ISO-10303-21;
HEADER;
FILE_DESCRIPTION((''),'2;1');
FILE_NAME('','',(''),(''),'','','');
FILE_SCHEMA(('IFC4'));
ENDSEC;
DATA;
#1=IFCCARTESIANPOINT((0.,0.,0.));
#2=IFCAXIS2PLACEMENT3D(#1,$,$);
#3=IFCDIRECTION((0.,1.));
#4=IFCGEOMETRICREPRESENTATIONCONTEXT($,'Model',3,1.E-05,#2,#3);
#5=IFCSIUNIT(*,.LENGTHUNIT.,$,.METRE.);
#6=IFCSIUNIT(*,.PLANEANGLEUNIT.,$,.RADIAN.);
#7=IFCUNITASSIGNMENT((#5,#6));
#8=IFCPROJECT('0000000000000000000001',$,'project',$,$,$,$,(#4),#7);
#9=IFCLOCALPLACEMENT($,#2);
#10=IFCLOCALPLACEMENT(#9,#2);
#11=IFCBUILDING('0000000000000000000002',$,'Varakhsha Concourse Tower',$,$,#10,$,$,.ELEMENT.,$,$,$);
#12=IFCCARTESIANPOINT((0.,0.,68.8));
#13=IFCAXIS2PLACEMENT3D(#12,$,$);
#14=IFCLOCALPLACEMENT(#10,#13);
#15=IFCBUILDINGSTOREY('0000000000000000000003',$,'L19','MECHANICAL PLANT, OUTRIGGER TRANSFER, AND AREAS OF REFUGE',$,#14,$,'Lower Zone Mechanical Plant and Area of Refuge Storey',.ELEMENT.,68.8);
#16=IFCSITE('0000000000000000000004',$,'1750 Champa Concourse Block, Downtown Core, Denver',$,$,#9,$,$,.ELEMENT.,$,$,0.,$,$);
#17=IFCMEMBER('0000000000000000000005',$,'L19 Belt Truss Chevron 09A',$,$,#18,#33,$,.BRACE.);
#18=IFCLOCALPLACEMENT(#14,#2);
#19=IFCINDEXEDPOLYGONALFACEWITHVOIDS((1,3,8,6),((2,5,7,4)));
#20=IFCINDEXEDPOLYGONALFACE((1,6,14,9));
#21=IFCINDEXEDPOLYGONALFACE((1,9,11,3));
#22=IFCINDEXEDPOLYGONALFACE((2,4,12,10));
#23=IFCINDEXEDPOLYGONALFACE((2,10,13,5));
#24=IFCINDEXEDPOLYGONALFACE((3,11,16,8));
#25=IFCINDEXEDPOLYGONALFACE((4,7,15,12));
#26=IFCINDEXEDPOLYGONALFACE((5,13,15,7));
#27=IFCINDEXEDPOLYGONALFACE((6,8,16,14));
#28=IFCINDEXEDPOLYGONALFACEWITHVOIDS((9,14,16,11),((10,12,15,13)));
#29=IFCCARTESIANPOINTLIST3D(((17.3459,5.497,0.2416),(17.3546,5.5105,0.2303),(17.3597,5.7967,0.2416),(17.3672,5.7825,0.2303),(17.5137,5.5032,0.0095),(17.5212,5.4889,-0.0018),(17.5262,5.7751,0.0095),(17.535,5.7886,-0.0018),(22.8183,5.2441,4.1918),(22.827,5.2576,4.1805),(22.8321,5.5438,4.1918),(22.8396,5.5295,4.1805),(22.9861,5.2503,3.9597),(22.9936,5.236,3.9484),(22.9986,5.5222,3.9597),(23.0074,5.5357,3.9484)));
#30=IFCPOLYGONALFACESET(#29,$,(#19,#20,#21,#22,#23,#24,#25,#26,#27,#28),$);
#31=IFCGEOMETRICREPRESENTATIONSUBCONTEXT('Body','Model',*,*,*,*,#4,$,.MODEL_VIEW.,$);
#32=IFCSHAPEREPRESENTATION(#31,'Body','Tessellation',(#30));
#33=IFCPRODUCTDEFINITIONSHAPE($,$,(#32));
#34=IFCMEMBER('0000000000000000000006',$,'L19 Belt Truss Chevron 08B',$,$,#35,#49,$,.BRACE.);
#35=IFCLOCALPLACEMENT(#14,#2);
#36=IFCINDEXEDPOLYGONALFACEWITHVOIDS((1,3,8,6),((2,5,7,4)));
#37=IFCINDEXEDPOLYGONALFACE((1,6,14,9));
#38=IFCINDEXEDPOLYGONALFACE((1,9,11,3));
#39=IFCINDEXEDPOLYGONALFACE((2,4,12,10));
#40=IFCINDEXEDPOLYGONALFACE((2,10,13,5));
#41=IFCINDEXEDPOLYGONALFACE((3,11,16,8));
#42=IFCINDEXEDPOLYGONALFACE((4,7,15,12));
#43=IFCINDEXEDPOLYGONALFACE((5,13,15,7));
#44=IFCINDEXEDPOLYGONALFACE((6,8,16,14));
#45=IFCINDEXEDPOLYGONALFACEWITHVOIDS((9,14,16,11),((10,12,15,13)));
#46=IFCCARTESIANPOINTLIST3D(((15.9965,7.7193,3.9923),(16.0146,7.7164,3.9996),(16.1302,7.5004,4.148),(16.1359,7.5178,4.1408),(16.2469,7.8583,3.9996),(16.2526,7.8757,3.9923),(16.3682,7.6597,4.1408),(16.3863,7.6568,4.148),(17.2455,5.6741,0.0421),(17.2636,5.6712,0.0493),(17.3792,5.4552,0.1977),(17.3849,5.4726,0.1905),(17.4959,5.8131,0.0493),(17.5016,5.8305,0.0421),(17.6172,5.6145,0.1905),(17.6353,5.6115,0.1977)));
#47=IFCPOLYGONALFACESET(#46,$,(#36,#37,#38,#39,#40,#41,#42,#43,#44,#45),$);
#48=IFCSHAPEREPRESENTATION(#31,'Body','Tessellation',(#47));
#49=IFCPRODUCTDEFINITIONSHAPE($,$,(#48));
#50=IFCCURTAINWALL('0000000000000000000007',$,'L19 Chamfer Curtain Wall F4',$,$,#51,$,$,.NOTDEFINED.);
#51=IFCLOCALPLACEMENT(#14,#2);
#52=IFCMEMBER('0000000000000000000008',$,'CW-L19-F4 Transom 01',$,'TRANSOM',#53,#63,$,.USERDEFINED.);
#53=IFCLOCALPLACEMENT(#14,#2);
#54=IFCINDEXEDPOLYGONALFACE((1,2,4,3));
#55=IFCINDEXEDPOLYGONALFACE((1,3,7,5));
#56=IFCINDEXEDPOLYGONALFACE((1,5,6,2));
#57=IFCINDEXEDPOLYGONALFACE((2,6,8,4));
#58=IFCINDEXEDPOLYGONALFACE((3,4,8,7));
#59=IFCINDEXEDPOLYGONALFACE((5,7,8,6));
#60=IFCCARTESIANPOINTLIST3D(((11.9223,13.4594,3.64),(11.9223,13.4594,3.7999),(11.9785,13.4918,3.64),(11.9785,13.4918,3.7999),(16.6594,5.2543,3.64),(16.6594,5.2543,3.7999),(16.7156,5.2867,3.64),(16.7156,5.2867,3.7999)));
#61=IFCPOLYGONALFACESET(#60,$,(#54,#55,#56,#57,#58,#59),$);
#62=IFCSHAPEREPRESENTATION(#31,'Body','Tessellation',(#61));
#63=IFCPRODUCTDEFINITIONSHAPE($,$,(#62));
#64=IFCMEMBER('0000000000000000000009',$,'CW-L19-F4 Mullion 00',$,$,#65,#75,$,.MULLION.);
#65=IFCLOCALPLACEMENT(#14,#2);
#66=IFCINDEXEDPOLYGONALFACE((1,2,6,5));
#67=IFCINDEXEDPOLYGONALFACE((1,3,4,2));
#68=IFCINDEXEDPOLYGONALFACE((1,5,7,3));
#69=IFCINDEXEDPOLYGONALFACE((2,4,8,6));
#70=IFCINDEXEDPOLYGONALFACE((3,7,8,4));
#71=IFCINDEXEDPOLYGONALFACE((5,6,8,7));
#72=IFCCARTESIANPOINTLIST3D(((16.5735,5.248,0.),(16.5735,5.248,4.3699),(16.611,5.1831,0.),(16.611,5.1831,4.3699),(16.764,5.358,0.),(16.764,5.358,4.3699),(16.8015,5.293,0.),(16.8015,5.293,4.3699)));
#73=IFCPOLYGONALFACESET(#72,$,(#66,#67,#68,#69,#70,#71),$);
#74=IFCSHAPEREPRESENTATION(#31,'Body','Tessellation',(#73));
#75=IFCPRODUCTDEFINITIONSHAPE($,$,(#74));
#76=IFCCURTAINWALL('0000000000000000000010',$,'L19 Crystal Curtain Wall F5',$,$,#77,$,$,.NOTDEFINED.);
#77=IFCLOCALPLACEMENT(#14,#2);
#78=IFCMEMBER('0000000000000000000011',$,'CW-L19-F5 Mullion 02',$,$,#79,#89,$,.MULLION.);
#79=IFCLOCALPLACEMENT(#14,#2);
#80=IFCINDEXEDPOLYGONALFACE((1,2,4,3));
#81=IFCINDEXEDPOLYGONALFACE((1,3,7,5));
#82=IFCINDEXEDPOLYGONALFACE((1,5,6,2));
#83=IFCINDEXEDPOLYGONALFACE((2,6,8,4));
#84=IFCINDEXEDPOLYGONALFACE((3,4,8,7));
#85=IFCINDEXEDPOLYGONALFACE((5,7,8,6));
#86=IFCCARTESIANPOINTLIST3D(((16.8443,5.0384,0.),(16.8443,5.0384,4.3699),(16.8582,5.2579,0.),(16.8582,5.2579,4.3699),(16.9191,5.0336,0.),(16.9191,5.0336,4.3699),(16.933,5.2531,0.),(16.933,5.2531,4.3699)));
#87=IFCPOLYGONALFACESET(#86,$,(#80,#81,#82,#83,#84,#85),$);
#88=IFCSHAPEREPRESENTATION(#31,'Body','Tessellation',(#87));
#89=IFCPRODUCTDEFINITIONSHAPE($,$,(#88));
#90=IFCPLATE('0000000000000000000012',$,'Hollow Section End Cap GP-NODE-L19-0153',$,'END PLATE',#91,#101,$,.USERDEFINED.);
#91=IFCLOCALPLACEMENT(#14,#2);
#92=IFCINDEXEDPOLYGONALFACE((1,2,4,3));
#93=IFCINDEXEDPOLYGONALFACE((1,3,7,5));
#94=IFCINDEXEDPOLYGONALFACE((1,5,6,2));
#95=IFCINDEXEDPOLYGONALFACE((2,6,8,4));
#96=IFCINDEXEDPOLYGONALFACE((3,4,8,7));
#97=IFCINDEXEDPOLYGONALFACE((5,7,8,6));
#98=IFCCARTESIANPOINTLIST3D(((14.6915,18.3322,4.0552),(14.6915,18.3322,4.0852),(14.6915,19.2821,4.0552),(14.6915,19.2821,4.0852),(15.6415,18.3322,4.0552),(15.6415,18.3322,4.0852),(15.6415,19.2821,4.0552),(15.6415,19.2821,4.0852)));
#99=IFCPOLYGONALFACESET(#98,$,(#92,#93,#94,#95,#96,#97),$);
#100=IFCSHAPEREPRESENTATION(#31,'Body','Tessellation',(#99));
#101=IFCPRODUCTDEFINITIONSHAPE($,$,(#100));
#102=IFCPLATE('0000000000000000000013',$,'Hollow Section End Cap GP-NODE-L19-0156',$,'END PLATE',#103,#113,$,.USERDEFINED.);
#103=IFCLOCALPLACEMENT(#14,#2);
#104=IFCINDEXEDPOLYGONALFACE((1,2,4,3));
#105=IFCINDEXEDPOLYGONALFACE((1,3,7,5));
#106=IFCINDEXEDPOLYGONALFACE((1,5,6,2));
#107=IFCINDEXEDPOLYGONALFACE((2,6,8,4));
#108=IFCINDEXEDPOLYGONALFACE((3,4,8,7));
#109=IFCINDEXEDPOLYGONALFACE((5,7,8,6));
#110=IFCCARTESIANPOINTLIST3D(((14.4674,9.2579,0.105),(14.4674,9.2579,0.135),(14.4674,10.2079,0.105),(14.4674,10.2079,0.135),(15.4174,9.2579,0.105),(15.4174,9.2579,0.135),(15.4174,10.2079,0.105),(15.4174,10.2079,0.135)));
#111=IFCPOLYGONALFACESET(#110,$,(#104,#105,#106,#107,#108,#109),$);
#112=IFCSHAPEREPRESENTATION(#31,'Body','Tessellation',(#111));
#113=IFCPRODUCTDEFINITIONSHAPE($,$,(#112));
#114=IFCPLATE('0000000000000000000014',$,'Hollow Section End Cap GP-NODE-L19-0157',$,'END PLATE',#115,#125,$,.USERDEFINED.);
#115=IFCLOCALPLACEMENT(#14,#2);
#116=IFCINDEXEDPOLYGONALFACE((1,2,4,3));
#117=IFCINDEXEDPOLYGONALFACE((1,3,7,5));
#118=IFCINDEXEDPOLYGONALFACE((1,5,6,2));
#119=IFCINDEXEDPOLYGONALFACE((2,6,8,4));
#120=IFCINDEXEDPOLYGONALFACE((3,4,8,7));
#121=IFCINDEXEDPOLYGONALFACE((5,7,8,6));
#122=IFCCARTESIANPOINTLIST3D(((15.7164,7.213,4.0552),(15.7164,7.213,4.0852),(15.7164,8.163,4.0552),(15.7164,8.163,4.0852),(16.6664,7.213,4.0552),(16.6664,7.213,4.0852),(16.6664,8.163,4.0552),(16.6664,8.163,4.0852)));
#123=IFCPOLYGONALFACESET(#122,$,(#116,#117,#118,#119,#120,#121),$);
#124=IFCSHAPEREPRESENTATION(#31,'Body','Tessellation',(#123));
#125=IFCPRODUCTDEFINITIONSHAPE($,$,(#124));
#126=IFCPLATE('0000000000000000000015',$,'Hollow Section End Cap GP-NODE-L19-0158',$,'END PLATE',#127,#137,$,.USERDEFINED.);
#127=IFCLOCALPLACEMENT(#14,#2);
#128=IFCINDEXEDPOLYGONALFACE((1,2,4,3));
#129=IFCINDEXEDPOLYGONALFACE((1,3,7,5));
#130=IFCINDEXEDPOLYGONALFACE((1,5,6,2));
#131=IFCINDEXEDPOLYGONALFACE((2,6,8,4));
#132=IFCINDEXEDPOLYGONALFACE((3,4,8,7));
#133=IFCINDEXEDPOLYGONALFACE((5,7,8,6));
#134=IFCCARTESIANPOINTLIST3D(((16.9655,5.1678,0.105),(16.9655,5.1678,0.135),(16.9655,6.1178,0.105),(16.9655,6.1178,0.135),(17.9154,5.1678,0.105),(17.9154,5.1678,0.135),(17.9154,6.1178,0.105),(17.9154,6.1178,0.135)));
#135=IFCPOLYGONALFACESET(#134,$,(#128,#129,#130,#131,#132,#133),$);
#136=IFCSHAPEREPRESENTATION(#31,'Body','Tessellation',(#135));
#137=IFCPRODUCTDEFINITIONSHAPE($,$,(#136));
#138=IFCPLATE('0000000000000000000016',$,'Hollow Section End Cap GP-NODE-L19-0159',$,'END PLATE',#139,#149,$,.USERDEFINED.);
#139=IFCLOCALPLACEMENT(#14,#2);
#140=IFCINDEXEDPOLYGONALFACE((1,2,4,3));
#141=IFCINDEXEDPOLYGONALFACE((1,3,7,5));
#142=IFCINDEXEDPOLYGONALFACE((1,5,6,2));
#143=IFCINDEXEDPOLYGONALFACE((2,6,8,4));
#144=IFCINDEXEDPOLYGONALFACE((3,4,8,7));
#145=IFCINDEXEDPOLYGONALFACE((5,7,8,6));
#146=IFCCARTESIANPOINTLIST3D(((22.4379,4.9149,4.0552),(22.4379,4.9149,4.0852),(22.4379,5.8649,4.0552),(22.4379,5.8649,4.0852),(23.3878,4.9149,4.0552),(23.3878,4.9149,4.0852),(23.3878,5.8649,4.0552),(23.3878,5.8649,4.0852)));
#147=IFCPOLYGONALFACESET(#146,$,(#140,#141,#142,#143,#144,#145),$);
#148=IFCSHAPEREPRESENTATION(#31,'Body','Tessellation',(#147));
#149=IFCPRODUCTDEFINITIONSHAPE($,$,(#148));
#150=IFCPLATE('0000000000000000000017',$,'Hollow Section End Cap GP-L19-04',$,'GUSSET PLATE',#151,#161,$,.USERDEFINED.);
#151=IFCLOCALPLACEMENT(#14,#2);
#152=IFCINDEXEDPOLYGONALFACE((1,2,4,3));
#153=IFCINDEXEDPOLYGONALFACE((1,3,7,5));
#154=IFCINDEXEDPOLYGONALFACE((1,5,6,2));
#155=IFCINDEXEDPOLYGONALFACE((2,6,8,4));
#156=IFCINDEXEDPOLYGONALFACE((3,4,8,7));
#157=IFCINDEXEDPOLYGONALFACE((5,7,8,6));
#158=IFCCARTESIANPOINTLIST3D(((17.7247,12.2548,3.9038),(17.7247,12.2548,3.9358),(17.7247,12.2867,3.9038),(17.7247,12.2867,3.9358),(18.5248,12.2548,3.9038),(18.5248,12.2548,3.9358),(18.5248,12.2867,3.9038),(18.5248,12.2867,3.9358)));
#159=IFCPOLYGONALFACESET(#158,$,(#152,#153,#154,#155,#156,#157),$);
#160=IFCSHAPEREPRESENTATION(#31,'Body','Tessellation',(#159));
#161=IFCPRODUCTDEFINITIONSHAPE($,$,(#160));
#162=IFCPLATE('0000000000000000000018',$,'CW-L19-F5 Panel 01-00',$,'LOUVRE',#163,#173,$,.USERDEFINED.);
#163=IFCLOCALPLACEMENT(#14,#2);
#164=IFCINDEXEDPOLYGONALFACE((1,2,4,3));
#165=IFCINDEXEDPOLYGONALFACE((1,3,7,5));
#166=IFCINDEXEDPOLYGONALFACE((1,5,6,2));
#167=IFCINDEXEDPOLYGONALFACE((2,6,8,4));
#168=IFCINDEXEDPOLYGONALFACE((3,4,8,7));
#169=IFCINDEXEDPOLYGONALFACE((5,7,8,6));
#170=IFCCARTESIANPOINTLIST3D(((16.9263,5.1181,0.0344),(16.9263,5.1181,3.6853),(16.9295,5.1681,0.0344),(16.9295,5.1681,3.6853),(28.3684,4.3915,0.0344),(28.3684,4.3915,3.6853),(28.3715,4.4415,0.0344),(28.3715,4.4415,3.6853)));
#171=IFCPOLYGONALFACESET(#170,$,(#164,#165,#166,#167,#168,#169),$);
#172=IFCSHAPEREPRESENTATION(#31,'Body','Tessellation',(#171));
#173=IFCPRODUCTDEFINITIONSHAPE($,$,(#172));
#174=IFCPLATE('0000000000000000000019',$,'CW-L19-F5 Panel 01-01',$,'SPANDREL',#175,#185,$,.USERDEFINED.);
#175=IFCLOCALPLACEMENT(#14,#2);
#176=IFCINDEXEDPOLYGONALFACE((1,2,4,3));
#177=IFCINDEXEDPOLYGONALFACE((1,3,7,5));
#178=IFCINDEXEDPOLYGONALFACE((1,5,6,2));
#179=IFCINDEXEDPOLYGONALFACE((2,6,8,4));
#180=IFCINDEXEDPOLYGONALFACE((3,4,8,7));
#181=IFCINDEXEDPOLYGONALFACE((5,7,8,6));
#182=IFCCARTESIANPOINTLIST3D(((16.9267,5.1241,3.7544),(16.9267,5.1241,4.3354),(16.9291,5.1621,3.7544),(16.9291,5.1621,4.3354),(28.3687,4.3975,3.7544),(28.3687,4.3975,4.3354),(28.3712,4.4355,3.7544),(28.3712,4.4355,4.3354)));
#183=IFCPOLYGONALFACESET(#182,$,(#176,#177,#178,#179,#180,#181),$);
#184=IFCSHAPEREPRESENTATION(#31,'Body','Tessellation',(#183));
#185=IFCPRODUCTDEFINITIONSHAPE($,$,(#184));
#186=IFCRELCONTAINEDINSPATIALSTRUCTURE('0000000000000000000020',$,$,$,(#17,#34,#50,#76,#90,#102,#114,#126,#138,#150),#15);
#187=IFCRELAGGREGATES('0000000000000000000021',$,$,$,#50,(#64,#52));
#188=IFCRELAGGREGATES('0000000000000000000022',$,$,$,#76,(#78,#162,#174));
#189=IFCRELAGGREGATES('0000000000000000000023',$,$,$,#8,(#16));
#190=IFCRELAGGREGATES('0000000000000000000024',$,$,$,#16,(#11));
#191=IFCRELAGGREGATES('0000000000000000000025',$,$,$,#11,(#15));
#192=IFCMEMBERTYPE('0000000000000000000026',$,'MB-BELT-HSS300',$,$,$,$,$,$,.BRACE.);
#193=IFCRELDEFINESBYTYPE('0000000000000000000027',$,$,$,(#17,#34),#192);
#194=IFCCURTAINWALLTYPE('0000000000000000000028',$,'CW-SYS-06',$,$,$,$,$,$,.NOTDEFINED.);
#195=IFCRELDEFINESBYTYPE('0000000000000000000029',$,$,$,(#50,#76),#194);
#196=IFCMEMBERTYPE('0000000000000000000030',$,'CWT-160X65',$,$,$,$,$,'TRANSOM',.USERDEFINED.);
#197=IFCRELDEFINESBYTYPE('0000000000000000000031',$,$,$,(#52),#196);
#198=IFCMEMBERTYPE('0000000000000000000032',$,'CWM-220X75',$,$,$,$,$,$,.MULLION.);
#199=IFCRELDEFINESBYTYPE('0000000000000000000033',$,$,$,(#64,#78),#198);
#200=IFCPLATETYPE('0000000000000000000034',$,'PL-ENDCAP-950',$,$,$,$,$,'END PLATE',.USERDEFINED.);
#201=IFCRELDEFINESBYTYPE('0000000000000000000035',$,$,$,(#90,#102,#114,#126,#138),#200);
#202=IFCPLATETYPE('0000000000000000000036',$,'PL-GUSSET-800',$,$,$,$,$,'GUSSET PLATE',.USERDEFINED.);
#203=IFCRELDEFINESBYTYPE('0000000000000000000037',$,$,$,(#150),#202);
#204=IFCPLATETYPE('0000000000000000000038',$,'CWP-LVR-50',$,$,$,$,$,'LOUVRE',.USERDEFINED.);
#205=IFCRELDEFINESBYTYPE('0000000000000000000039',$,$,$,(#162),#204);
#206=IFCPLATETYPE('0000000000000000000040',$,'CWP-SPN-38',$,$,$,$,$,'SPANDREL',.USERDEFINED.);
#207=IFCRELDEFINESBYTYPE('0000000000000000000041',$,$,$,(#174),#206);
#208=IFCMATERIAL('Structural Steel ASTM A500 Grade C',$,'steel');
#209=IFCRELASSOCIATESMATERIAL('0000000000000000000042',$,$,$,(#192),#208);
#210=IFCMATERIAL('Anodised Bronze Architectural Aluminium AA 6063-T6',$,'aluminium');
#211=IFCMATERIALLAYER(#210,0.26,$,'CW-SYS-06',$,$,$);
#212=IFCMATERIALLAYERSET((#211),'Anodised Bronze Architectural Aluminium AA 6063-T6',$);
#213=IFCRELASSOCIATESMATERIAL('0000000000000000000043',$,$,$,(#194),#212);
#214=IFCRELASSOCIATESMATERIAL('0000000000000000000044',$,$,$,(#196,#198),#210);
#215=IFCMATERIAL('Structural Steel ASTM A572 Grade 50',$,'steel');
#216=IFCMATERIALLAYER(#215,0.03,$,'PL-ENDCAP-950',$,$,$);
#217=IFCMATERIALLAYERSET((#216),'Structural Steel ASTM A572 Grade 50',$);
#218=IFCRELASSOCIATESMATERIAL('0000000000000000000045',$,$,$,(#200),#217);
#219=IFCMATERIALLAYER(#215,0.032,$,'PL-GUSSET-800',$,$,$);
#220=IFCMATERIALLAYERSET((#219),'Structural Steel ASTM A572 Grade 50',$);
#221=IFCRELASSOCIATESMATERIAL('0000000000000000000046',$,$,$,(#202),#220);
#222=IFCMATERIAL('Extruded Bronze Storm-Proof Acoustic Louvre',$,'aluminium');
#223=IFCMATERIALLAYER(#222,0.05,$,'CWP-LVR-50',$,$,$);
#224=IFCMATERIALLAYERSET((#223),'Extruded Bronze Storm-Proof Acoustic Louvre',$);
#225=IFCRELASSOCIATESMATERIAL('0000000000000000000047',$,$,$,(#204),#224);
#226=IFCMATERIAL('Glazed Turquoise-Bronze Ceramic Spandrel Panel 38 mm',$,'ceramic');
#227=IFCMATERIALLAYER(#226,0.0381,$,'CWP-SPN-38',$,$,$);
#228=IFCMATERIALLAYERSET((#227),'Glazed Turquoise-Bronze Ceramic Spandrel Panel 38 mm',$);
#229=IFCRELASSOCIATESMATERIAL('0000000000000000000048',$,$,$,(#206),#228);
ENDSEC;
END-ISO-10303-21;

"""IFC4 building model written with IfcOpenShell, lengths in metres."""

from ifc_helpers import new_model, si_unit, direction, frame, origin, origin_2d, place, context, subcontext, project, spatial, rectangle, hollow_rectangle, extrude, source, transform, mapped, material, layer, layer_set, material_profile, profile_set, type_object, type_shapes, element, aggregate, save


model = new_model("IFC4")

# Units and contexts
model_context = context("Model", 3, precision=1e-05, world=origin(), true_north=direction((0.0, 1.0)))
body_context = subcontext(model_context, "Body", "Model", "MODEL_VIEW")
ifc_project = project(units=[si_unit("LENGTHUNIT", "METRE"), si_unit("PLANEANGLEUNIT", "RADIAN")], contexts=[model_context])

# Site, building, storey
site_placement = place(None, origin())
site = spatial("IfcSite", under=ifc_project, at=site_placement, Name="1750 Champa Concourse Block, Downtown Core, Denver", CompositionType="ELEMENT", RefElevation=0.0)
building_placement = place(site_placement, origin())
building = spatial("IfcBuilding", under=site, at=building_placement, Name="Varakhsha Concourse Tower", CompositionType="ELEMENT")
storey_placement = place(building_placement, frame((0.0, 0.0, 68.8)))
storey = spatial("IfcBuildingStorey", under=building, at=storey_placement, Name="L19", Description="MECHANICAL PLANT, OUTRIGGER TRANSFER, AND AREAS OF REFUGE", LongName="Lower Zone Mechanical Plant and Area of Refuge Storey", CompositionType="ELEMENT", Elevation=68.8)

# Shared definitions
ifc_material_1 = material(Name="Structural Steel ASTM A572 Grade 50", Category="steel")

# Members
ifc_material_2 = material(Name="Structural Steel ASTM A500 Grade C", Category="steel")
ifc_material_profile_1 = material_profile(ifc_material_2, hollow_rectangle(XDim=0.3, YDim=0.3, WallThickness=0.0139, at=origin_2d()), Name="HSS 300x300x14")
ifc_profile_set_1 = profile_set([ifc_material_profile_1], Name="Structural Steel ASTM A500 Grade C")
member_type_1 = type_object("IfcMemberType", Name="MB-BELT-HSS300", PredefinedType="BRACE", material=ifc_profile_set_1)
shared_shape_1 = source(origin(), body_context, "Body", "SweptSolid", [
    extrude(hollow_rectangle(XDim=0.3, YDim=0.3, WallThickness=0.0139, at=origin_2d()), origin(), (0.0, 0.0, 1.0), 6.7539),
])
member_1_placement = place(storey_placement, frame((17.4404, 5.6428, 0.1199), z_axis=(0.810258, -0.037449, 0.584875), x_axis=(0.04617, 0.998934, 0.0)))
element("IfcMember", 1, at=member_1_placement, inside=storey, type_object=member_type_1, Name="L19 Belt Truss Chevron 09A", PredefinedType="BRACE", context=body_context, shape_type="MappedRepresentation", body=[
    mapped(shared_shape_1, transform((0.0, 0.0, 0.0), scale=1.0)),
])
shared_shape_2 = source(origin(), body_context, "Body", "SweptSolid", [
    extrude(hollow_rectangle(XDim=0.3, YDim=0.3, WallThickness=0.0139, at=origin_2d()), origin(), (0.0, 0.0, 1.0), 4.6204),
])
member_2_placement = place(storey_placement, frame((17.4404, 5.6428, 0.1199), z_axis=(-0.270336, 0.442652, 0.854972), x_axis=(-0.85343, -0.521207, 0.0)))
element("IfcMember", 2, at=member_2_placement, inside=storey, type_object=member_type_1, Name="L19 Belt Truss Chevron 08B", PredefinedType="BRACE", context=body_context, shape_type="MappedRepresentation", body=[
    mapped(shared_shape_2, transform((0.0, 0.0, 0.0), scale=1.0)),
])

# Curtain wall, members
ifc_material_3 = material(Name="Anodised Bronze Architectural Aluminium AA 6063-T6", Category="aluminium")
ifc_layer_1 = layer(ifc_material_3, 0.26, Name="CW-SYS-06")
ifc_layer_set_1 = layer_set([ifc_layer_1], Name="Anodised Bronze Architectural Aluminium AA 6063-T6")
curtain_wall_type = type_object("IfcCurtainWallType", Name="CW-SYS-06", PredefinedType="NOTDEFINED", material=ifc_layer_set_1)
curtain_wall_1_placement = place(storey_placement, origin())
curtain_wall_1 = element("IfcCurtainWall", 3, at=curtain_wall_1_placement, inside=storey, type_object=curtain_wall_type, Name="L19 Chamfer Curtain Wall F4", PredefinedType="NOTDEFINED")
ifc_material_profile_2 = material_profile(ifc_material_3, rectangle(XDim=0.0649, YDim=0.1599, at=origin_2d()), Name="CWT-160X65")
ifc_profile_set_2 = profile_set([ifc_material_profile_2], Name="Anodised Bronze Architectural Aluminium AA 6063-T6")
member_type_2 = type_object("IfcMemberType", Name="CWT-160X65", ElementType="TRANSOM", PredefinedType="USERDEFINED", material=ifc_profile_set_2)
shared_shape_3 = source(origin(), body_context, "Body", "SweptSolid", [
    extrude(rectangle(XDim=0.0649, YDim=0.1599, at=origin_2d()), origin(), (0.0, 0.0, 1.0), 9.4744),
])
type_shapes(member_type_2, [shared_shape_3])
member_3_placement = place(storey_placement, frame((16.6875, 5.2705, 3.72), z_axis=(-0.499989, 0.866032, 0.0), x_axis=(-0.866032, -0.499989, 0.0)))
member_3 = element("IfcMember", 4, at=member_3_placement, type_object=member_type_2, Name="CW-L19-F4 Transom 01", ObjectType="TRANSOM", PredefinedType="USERDEFINED", context=body_context, shape_type="MappedRepresentation", body=[
    mapped(shared_shape_3, transform((0.0, 0.0, 0.0), scale=1.0)),
])
ifc_material_profile_3 = material_profile(ifc_material_3, rectangle(XDim=0.075, YDim=0.22, at=origin_2d()), Name="CWM-220X75")
ifc_profile_set_3 = profile_set([ifc_material_profile_3], Name="Anodised Bronze Architectural Aluminium AA 6063-T6")
member_type_3 = type_object("IfcMemberType", Name="CWM-220X75", PredefinedType="MULLION", material=ifc_profile_set_3)
shared_shape_4 = source(origin(), body_context, "Body", "SweptSolid", [
    extrude(rectangle(XDim=0.075, YDim=0.22, at=origin_2d()), origin(), (0.0, 0.0, 1.0), 4.3699),
])
type_shapes(member_type_3, [shared_shape_4])
member_4_placement = place(storey_placement, frame((16.6875, 5.2705, 0.0), z_axis=(0.0, 0.0, 1.0), x_axis=(-0.499995, 0.866028, 0.0)))
member_4 = element("IfcMember", 5, at=member_4_placement, type_object=member_type_3, Name="CW-L19-F4 Mullion 00", PredefinedType="MULLION", context=body_context, shape_type="MappedRepresentation", body=[
    mapped(shared_shape_4, transform((0.0, 0.0, 0.0), scale=1.0)),
])
aggregate(curtain_wall_1, [member_4, member_3])

# Curtain wall, member
curtain_wall_2_placement = place(storey_placement, origin())
curtain_wall_2 = element("IfcCurtainWall", 6, at=curtain_wall_2_placement, inside=storey, type_object=curtain_wall_type, Name="L19 Crystal Curtain Wall F5", PredefinedType="NOTDEFINED")
member_5_placement = place(storey_placement, frame((16.8887, 5.1458, 0.0), z_axis=(0.0, 0.0, 1.0), x_axis=(-0.99799, 0.063374, 0.0)))
member_5 = element("IfcMember", 7, at=member_5_placement, type_object=member_type_3, Name="CW-L19-F5 Mullion 02", PredefinedType="MULLION", context=body_context, shape_type="MappedRepresentation", body=[
    mapped(shared_shape_4, transform((0.0, 0.0, 0.0), scale=1.0)),
])

# Plates
ifc_layer_2 = layer(ifc_material_1, 0.03, Name="PL-ENDCAP-950")
ifc_layer_set_2 = layer_set([ifc_layer_2], Name="Structural Steel ASTM A572 Grade 50")
plate_type_1 = type_object("IfcPlateType", Name="PL-ENDCAP-950", ElementType="END PLATE", PredefinedType="USERDEFINED", material=ifc_layer_set_2)
shared_shape_5 = source(origin(), body_context, "Body", "SweptSolid", [
    extrude(rectangle(XDim=0.95, YDim=0.95, at=origin_2d()), origin(), (0.0, 0.0, 1.0), 0.03),
])
type_shapes(plate_type_1, [shared_shape_5])
for number, where, z_axis, x_axis, name in (
    (8, (15.1665, 18.8071, 4.0552), (0.0, 0.0, 1.0), (1.0, 0.0, 0.0), "Hollow Section End Cap GP-NODE-L19-0153"),
    (9, (14.9424, 9.7329, 0.105), (0.0, 0.0, 1.0), (1.0, 0.0, 0.0), "Hollow Section End Cap GP-NODE-L19-0156"),
    (10, (16.1914, 7.688, 4.0552), (0.0, 0.0, 1.0), (1.0, 0.0, 0.0), "Hollow Section End Cap GP-NODE-L19-0157"),
    (11, (17.4404, 5.6428, 0.105), (0.0, 0.0, 1.0), (1.0, 0.0, 0.0), "Hollow Section End Cap GP-NODE-L19-0158"),
    (12, (22.9128, 5.3899, 4.0552), (0.0, 0.0, 1.0), (1.0, 0.0, 0.0), "Hollow Section End Cap GP-NODE-L19-0159"),
):
    element("IfcPlate", number, at=place(storey_placement, frame(where, z_axis=z_axis, x_axis=x_axis)), inside=storey, type_object=plate_type_1, Name=name, ObjectType="END PLATE", PredefinedType="USERDEFINED", context=body_context, shape_type="MappedRepresentation", body=[
        mapped(shared_shape_5, transform((0.0, 0.0, 0.0), scale=1.0)),
    ])
ifc_layer_3 = layer(ifc_material_1, 0.032, Name="PL-GUSSET-800")
ifc_layer_set_3 = layer_set([ifc_layer_3], Name="Structural Steel ASTM A572 Grade 50")
plate_type_2 = type_object("IfcPlateType", Name="PL-GUSSET-800", ElementType="GUSSET PLATE", PredefinedType="USERDEFINED", material=ifc_layer_set_3)
shared_shape_6 = source(origin(), body_context, "Body", "SweptSolid", [
    extrude(rectangle(XDim=0.8, YDim=0.032, at=origin_2d()), origin(), (0.0, 0.0, 1.0), 0.032),
])
type_shapes(plate_type_2, [shared_shape_6])
plate_1_placement = place(storey_placement, frame((18.1248, 12.2708, 3.9038), z_axis=(0.0, 0.0, 1.0), x_axis=(1.0, 0.0, 0.0)))
element("IfcPlate", 13, at=plate_1_placement, inside=storey, type_object=plate_type_2, Name="Hollow Section End Cap GP-L19-04", ObjectType="GUSSET PLATE", PredefinedType="USERDEFINED", context=body_context, shape_type="MappedRepresentation", body=[
    mapped(shared_shape_6, transform((0.0, 0.0, 0.0), scale=1.0)),
])

# Plates
ifc_material_4 = material(Name="Extruded Bronze Storm-Proof Acoustic Louvre", Category="aluminium")
ifc_layer_4 = layer(ifc_material_4, 0.05, Name="CWP-LVR-50")
ifc_layer_set_4 = layer_set([ifc_layer_4], Name="Extruded Bronze Storm-Proof Acoustic Louvre")
plate_type_3 = type_object("IfcPlateType", Name="CWP-LVR-50", ElementType="LOUVRE", PredefinedType="USERDEFINED", material=ifc_layer_set_4)
shared_shape_7 = source(origin(), body_context, "Body", "SweptSolid", [
    extrude(rectangle(XDim=11.4651, YDim=0.05, at=origin_2d()), origin(), (0.0, 0.0, 1.0), 3.6509),
])
type_shapes(plate_type_3, [shared_shape_7])
plate_2_placement = place(storey_placement, frame((22.6489, 4.7798, 0.0344), z_axis=(0.0, 0.0, 1.0), x_axis=(-0.99799, 0.063374, 0.0)))
plate_2 = element("IfcPlate", 14, at=plate_2_placement, type_object=plate_type_3, Name="CW-L19-F5 Panel 01-00", ObjectType="LOUVRE", PredefinedType="USERDEFINED", context=body_context, shape_type="MappedRepresentation", body=[
    mapped(shared_shape_7, transform((0.0, 0.0, 0.0), scale=1.0)),
])
ifc_material_5 = material(Name="Glazed Turquoise-Bronze Ceramic Spandrel Panel 38 mm", Category="ceramic")
ifc_layer_5 = layer(ifc_material_5, 0.0381, Name="CWP-SPN-38")
ifc_layer_set_5 = layer_set([ifc_layer_5], Name="Glazed Turquoise-Bronze Ceramic Spandrel Panel 38 mm")
plate_type_4 = type_object("IfcPlateType", Name="CWP-SPN-38", ElementType="SPANDREL", PredefinedType="USERDEFINED", material=ifc_layer_set_5)
shared_shape_8 = source(origin(), body_context, "Body", "SweptSolid", [
    extrude(rectangle(XDim=11.4651, YDim=0.0381, at=origin_2d()), origin(), (0.0, 0.0, 1.0), 0.5811),
])
type_shapes(plate_type_4, [shared_shape_8])
plate_3_placement = place(storey_placement, frame((22.6489, 4.7798, 3.7544), z_axis=(0.0, 0.0, 1.0), x_axis=(-0.99799, 0.063374, 0.0)))
plate_3 = element("IfcPlate", 15, at=plate_3_placement, type_object=plate_type_4, Name="CW-L19-F5 Panel 01-01", ObjectType="SPANDREL", PredefinedType="USERDEFINED", context=body_context, shape_type="MappedRepresentation", body=[
    mapped(shared_shape_8, transform((0.0, 0.0, 0.0), scale=1.0)),
])
aggregate(curtain_wall_2, [member_5, plate_2, plate_3])

save(model, "model.ifc")
